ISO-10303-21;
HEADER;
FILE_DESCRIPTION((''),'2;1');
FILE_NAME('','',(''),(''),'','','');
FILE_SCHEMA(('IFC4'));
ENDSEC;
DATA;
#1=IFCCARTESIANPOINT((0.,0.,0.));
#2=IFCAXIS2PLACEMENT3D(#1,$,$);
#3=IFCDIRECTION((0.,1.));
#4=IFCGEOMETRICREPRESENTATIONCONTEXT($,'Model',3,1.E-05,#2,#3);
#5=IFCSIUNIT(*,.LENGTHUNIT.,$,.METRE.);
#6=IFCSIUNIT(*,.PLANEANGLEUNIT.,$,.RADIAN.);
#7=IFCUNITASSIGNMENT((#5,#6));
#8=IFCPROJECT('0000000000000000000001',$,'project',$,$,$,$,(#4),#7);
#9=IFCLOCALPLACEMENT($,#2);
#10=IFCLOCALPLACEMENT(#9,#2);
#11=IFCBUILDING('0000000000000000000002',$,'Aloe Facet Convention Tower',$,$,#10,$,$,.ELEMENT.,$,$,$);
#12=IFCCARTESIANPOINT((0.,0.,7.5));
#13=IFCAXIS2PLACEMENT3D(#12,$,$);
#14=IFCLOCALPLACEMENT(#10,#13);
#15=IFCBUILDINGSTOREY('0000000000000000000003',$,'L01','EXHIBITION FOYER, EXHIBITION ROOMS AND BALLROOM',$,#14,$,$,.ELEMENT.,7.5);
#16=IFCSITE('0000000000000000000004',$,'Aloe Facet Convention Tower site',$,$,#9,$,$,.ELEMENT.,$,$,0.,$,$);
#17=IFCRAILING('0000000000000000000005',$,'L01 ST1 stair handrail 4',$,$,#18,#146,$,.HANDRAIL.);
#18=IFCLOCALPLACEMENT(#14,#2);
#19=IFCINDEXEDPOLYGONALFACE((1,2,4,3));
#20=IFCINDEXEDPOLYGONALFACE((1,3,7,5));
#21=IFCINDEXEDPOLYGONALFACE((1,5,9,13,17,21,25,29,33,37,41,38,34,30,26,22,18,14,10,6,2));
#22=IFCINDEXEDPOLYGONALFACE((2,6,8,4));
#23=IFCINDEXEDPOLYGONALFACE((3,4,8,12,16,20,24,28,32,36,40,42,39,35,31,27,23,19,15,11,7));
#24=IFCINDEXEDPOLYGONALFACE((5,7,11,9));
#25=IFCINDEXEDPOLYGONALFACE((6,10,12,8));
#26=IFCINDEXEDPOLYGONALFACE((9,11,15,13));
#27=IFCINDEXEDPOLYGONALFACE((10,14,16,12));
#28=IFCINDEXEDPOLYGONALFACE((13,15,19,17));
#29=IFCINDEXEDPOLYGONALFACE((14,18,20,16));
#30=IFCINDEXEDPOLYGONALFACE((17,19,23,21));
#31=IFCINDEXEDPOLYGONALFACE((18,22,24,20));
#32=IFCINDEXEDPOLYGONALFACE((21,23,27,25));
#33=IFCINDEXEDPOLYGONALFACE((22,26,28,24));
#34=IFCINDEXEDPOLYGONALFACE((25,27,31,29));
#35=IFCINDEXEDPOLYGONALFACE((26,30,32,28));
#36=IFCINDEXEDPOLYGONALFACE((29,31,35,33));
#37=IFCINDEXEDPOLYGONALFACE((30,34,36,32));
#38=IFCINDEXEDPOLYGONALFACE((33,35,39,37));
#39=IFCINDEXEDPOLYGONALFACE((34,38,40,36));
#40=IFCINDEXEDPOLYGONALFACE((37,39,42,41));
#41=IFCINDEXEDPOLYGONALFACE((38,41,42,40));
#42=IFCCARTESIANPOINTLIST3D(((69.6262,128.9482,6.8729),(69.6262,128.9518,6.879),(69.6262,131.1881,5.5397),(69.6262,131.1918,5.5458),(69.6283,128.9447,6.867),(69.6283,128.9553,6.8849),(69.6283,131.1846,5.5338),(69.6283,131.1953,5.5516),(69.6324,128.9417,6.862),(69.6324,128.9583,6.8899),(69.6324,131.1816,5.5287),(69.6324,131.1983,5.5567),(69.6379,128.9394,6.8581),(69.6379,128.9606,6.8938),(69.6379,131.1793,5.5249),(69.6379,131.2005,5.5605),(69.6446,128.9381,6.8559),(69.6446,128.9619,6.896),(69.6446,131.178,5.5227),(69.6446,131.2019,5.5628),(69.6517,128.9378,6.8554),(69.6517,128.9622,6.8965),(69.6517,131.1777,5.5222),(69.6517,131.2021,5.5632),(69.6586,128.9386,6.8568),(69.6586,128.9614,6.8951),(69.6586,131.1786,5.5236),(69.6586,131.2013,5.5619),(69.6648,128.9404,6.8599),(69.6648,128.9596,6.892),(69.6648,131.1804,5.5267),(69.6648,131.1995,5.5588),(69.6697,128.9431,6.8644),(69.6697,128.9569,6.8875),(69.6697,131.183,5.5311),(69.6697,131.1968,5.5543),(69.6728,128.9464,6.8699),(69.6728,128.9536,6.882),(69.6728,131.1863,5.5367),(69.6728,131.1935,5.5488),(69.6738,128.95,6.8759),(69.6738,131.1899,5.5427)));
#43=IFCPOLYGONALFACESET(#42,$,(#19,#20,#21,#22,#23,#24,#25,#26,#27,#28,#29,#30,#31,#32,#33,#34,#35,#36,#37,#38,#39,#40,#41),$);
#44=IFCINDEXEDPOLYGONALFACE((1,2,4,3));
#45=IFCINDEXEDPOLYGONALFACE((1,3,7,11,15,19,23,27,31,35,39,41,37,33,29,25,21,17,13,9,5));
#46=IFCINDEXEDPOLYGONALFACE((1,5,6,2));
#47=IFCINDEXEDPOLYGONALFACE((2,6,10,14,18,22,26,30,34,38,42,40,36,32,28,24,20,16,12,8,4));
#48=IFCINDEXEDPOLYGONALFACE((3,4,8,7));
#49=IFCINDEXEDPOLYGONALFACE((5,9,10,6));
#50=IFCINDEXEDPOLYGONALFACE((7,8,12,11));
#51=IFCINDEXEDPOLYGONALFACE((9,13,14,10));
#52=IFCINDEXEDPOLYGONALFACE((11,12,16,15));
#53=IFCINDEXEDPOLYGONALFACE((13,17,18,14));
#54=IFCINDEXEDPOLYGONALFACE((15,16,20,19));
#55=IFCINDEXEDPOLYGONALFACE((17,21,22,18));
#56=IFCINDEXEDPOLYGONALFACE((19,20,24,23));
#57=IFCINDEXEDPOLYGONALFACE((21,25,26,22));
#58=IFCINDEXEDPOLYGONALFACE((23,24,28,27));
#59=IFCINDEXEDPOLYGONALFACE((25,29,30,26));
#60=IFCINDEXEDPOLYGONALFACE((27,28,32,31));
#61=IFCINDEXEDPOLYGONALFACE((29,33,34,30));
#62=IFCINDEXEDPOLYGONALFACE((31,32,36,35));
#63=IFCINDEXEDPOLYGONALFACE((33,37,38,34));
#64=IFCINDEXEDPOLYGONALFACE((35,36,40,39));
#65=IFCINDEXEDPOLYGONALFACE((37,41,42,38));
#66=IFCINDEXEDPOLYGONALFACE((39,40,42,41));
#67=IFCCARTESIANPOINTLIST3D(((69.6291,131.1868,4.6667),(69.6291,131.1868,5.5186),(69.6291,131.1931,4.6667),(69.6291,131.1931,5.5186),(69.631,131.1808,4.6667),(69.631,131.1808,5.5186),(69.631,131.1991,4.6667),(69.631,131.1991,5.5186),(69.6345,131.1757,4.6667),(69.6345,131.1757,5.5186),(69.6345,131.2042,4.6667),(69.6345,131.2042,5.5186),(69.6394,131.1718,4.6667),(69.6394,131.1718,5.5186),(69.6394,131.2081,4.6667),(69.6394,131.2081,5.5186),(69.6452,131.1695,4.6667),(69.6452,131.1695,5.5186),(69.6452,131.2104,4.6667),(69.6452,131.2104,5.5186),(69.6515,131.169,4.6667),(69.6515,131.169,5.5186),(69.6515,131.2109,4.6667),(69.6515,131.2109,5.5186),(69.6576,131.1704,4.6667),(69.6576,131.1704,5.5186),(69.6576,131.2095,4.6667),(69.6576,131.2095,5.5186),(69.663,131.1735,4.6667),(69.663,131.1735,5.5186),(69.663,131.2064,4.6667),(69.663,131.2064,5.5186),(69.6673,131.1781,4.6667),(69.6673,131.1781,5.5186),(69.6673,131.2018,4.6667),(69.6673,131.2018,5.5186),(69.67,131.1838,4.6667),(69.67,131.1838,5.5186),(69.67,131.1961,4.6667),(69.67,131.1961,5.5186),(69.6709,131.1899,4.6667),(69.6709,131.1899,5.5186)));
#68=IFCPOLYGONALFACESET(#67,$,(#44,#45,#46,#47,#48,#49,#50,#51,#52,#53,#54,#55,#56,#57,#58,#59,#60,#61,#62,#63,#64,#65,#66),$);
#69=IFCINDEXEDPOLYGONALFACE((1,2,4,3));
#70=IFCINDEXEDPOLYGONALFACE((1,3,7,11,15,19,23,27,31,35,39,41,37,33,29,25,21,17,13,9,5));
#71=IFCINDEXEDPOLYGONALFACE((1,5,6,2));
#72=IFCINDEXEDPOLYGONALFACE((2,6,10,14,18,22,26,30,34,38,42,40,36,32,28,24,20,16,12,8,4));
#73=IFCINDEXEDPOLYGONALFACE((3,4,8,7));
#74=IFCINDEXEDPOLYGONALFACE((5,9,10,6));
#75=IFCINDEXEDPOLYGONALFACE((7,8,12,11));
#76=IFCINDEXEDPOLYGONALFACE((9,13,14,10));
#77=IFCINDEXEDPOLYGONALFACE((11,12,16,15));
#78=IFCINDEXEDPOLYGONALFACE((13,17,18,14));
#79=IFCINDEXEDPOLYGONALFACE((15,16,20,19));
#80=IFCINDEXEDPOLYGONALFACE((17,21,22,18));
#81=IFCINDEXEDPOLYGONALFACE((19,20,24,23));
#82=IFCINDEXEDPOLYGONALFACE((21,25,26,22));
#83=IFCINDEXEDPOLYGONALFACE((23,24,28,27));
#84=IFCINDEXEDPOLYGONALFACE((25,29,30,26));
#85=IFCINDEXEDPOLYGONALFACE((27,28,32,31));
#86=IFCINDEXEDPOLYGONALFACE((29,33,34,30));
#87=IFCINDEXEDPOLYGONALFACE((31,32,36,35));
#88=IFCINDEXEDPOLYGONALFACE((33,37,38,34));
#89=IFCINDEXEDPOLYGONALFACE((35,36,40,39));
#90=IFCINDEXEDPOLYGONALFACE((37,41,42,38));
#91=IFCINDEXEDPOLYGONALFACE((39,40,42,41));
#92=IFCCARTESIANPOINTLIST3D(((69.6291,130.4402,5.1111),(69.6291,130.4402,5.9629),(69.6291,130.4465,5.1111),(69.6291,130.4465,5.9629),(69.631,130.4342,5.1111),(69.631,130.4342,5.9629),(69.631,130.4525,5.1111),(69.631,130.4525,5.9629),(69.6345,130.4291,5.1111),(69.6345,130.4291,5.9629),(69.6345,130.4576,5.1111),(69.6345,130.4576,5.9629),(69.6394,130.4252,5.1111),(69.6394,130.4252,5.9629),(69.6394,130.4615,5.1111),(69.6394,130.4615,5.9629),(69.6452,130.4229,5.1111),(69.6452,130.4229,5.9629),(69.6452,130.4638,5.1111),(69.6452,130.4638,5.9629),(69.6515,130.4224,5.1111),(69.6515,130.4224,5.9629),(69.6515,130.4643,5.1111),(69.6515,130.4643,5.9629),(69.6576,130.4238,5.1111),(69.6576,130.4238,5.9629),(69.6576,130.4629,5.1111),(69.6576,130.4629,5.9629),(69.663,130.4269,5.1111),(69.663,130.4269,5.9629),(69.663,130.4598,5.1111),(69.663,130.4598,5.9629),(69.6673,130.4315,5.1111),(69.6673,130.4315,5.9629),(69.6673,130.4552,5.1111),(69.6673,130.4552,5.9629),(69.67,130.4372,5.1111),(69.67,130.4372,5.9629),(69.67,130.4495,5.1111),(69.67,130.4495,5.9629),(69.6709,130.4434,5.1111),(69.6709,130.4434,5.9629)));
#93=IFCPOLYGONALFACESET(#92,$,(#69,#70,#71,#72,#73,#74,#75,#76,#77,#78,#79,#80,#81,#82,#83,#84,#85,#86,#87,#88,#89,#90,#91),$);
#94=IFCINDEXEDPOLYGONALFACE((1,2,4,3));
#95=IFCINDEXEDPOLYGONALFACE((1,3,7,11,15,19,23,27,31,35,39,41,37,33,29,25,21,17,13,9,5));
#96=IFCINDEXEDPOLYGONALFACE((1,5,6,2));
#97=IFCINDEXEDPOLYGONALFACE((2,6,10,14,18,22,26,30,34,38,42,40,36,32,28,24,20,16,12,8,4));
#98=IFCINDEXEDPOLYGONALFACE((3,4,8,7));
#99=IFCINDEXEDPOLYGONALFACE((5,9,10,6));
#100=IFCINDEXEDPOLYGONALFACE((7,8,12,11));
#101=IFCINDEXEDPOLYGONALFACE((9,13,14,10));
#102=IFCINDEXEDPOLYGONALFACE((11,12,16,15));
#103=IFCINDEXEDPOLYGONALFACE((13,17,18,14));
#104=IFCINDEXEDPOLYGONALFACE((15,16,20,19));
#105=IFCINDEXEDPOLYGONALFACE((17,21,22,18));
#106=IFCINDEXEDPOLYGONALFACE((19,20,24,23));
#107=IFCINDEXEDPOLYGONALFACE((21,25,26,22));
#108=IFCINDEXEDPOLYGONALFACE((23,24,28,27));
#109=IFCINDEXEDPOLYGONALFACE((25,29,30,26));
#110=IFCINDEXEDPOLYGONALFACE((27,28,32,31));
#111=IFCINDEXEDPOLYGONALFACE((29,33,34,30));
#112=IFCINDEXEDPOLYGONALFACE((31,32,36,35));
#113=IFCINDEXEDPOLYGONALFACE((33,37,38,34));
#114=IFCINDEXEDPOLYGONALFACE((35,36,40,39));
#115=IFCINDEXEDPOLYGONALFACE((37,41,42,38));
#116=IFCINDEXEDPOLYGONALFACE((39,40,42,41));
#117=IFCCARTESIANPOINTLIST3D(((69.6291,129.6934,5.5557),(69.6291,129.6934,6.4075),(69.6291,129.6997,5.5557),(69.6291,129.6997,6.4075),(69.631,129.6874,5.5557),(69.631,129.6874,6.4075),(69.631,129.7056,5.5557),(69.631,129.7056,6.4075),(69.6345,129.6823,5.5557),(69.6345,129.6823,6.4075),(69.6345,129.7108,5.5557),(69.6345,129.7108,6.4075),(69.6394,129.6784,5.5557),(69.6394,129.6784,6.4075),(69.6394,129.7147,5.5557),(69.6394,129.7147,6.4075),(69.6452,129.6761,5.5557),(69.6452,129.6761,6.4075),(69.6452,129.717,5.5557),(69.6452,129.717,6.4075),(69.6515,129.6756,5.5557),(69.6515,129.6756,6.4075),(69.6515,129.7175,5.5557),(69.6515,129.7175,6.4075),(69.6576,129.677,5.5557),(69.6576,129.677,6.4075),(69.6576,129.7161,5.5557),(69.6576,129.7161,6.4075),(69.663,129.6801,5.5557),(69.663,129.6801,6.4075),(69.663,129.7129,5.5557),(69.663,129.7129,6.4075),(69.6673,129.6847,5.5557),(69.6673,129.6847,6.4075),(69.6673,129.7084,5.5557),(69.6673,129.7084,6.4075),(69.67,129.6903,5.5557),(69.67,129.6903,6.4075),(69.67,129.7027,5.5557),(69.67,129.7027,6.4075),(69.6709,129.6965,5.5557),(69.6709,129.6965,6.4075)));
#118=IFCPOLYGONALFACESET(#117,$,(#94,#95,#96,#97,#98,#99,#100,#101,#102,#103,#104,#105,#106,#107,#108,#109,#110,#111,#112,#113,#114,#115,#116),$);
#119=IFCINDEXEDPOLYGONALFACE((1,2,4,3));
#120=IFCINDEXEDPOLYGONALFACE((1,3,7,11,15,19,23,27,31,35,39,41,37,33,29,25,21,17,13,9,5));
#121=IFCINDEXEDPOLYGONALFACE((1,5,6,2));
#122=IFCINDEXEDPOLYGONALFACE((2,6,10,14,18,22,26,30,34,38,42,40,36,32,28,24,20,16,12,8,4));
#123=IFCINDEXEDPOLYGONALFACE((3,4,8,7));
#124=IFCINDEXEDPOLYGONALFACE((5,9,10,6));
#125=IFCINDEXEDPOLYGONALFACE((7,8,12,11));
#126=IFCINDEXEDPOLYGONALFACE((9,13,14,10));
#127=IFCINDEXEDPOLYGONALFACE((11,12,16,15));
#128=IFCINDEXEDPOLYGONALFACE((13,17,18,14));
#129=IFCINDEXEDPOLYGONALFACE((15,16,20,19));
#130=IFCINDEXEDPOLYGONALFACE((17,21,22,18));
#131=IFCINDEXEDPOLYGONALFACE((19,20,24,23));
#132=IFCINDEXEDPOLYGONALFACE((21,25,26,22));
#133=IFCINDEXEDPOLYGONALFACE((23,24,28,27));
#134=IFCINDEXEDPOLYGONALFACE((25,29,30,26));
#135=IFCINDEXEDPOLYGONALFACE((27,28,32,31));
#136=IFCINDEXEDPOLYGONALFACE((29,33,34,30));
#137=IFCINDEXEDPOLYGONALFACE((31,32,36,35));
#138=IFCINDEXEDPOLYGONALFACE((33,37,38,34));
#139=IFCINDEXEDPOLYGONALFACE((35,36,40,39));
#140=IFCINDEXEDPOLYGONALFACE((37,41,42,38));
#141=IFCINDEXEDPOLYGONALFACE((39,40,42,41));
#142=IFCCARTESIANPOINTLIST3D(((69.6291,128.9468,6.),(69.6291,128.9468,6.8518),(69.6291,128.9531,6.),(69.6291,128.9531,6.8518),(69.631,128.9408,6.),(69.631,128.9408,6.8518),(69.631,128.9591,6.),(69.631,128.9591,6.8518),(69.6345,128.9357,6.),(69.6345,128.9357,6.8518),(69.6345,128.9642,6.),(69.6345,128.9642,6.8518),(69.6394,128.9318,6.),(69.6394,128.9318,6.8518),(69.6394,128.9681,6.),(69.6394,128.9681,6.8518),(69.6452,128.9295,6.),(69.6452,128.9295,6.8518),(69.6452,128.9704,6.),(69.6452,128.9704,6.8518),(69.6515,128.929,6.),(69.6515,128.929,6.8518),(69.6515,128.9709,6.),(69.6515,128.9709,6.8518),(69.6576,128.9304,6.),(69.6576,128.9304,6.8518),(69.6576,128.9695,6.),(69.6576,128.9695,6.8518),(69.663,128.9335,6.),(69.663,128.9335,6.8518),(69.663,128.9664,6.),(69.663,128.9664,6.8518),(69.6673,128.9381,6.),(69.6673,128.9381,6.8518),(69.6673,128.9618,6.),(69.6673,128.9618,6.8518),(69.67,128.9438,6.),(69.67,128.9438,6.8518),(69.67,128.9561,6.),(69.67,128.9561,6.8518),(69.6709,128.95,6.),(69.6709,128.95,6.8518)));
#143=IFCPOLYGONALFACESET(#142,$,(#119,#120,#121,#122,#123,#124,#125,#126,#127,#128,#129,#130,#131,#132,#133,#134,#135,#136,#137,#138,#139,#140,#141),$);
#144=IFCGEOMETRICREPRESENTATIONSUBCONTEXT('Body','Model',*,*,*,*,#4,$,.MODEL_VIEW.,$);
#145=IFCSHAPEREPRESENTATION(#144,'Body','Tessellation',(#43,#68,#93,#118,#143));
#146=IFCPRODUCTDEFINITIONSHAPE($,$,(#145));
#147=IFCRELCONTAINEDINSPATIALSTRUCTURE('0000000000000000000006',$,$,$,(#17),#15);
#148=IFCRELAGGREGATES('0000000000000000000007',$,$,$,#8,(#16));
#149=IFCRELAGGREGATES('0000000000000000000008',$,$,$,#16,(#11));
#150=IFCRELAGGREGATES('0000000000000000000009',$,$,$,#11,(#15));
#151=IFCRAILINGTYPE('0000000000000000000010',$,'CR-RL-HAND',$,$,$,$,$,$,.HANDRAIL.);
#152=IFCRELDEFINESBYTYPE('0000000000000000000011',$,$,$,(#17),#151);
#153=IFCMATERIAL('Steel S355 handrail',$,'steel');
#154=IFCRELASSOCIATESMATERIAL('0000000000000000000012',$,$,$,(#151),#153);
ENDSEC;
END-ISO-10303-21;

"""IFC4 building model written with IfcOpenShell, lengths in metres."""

from ifc_helpers import new_model, si_unit, direction, frame, origin, origin_2d, place, context, subcontext, project, spatial, circle, extrude, material, type_object, element, save


model = new_model("IFC4")

# Units and contexts
model_context = context("Model", 3, precision=1e-05, world=origin(), true_north=direction((0.0, 1.0)))
body_context = subcontext(model_context, "Body", "Model", "MODEL_VIEW")
ifc_project = project(units=[si_unit("LENGTHUNIT", "METRE"), si_unit("PLANEANGLEUNIT", "RADIAN")], contexts=[model_context])

# Site, building, storey
site_placement = place(None, origin())
site = spatial("IfcSite", under=ifc_project, at=site_placement, Name="Aloe Facet Convention Tower site", CompositionType="ELEMENT", RefElevation=0.0)
building_placement = place(site_placement, origin())
building = spatial("IfcBuilding", under=site, at=building_placement, Name="Aloe Facet Convention Tower", CompositionType="ELEMENT")
storey_placement = place(building_placement, frame((0.0, 0.0, 7.5)))
storey = spatial("IfcBuildingStorey", under=building, at=storey_placement, Name="L01", Description="EXHIBITION FOYER, EXHIBITION ROOMS AND BALLROOM", CompositionType="ELEMENT", Elevation=7.5)

# Railing
ifc_material_1 = material(Name="Steel S355 handrail", Category="steel")
railing_type_1 = type_object("IfcRailingType", Name="CR-RL-HAND", PredefinedType="HANDRAIL", material=ifc_material_1)
for number, where, name in (
    (1, (69.6499, 131.1899, 4.6667), "L01 ST1 stair handrail 4"),
):
    element("IfcRailing", number, at=place(storey_placement, frame(where)), inside=storey, type_object=railing_type_1, Name=name, PredefinedType="HANDRAIL", context=body_context, shape_type="SweptSolid", body=[
        extrude(circle(Radius=0.0239, at=origin_2d()), frame((0.0, 0.0, 0.876), z_axis=(0.0, -0.859306, 0.511462), x_axis=(1.0, 0.0, 0.0)), (0.0, 0.0, 1.0), 2.6067),
        extrude(circle(Radius=0.021, at=origin_2d()), origin(), (0.0, 0.0, 1.0), 0.8518),
        extrude(circle(Radius=0.021, at=origin_2d()), frame((0.0, -0.7466, 0.4443)), (0.0, 0.0, 1.0), 0.8518),
        extrude(circle(Radius=0.021, at=origin_2d()), frame((0.0, -1.4934, 0.8889)), (0.0, 0.0, 1.0), 0.8518),
        extrude(circle(Radius=0.021, at=origin_2d()), frame((0.0, -2.24, 1.3333)), (0.0, 0.0, 1.0), 0.8518),
    ])

save(model, "model.ifc")
